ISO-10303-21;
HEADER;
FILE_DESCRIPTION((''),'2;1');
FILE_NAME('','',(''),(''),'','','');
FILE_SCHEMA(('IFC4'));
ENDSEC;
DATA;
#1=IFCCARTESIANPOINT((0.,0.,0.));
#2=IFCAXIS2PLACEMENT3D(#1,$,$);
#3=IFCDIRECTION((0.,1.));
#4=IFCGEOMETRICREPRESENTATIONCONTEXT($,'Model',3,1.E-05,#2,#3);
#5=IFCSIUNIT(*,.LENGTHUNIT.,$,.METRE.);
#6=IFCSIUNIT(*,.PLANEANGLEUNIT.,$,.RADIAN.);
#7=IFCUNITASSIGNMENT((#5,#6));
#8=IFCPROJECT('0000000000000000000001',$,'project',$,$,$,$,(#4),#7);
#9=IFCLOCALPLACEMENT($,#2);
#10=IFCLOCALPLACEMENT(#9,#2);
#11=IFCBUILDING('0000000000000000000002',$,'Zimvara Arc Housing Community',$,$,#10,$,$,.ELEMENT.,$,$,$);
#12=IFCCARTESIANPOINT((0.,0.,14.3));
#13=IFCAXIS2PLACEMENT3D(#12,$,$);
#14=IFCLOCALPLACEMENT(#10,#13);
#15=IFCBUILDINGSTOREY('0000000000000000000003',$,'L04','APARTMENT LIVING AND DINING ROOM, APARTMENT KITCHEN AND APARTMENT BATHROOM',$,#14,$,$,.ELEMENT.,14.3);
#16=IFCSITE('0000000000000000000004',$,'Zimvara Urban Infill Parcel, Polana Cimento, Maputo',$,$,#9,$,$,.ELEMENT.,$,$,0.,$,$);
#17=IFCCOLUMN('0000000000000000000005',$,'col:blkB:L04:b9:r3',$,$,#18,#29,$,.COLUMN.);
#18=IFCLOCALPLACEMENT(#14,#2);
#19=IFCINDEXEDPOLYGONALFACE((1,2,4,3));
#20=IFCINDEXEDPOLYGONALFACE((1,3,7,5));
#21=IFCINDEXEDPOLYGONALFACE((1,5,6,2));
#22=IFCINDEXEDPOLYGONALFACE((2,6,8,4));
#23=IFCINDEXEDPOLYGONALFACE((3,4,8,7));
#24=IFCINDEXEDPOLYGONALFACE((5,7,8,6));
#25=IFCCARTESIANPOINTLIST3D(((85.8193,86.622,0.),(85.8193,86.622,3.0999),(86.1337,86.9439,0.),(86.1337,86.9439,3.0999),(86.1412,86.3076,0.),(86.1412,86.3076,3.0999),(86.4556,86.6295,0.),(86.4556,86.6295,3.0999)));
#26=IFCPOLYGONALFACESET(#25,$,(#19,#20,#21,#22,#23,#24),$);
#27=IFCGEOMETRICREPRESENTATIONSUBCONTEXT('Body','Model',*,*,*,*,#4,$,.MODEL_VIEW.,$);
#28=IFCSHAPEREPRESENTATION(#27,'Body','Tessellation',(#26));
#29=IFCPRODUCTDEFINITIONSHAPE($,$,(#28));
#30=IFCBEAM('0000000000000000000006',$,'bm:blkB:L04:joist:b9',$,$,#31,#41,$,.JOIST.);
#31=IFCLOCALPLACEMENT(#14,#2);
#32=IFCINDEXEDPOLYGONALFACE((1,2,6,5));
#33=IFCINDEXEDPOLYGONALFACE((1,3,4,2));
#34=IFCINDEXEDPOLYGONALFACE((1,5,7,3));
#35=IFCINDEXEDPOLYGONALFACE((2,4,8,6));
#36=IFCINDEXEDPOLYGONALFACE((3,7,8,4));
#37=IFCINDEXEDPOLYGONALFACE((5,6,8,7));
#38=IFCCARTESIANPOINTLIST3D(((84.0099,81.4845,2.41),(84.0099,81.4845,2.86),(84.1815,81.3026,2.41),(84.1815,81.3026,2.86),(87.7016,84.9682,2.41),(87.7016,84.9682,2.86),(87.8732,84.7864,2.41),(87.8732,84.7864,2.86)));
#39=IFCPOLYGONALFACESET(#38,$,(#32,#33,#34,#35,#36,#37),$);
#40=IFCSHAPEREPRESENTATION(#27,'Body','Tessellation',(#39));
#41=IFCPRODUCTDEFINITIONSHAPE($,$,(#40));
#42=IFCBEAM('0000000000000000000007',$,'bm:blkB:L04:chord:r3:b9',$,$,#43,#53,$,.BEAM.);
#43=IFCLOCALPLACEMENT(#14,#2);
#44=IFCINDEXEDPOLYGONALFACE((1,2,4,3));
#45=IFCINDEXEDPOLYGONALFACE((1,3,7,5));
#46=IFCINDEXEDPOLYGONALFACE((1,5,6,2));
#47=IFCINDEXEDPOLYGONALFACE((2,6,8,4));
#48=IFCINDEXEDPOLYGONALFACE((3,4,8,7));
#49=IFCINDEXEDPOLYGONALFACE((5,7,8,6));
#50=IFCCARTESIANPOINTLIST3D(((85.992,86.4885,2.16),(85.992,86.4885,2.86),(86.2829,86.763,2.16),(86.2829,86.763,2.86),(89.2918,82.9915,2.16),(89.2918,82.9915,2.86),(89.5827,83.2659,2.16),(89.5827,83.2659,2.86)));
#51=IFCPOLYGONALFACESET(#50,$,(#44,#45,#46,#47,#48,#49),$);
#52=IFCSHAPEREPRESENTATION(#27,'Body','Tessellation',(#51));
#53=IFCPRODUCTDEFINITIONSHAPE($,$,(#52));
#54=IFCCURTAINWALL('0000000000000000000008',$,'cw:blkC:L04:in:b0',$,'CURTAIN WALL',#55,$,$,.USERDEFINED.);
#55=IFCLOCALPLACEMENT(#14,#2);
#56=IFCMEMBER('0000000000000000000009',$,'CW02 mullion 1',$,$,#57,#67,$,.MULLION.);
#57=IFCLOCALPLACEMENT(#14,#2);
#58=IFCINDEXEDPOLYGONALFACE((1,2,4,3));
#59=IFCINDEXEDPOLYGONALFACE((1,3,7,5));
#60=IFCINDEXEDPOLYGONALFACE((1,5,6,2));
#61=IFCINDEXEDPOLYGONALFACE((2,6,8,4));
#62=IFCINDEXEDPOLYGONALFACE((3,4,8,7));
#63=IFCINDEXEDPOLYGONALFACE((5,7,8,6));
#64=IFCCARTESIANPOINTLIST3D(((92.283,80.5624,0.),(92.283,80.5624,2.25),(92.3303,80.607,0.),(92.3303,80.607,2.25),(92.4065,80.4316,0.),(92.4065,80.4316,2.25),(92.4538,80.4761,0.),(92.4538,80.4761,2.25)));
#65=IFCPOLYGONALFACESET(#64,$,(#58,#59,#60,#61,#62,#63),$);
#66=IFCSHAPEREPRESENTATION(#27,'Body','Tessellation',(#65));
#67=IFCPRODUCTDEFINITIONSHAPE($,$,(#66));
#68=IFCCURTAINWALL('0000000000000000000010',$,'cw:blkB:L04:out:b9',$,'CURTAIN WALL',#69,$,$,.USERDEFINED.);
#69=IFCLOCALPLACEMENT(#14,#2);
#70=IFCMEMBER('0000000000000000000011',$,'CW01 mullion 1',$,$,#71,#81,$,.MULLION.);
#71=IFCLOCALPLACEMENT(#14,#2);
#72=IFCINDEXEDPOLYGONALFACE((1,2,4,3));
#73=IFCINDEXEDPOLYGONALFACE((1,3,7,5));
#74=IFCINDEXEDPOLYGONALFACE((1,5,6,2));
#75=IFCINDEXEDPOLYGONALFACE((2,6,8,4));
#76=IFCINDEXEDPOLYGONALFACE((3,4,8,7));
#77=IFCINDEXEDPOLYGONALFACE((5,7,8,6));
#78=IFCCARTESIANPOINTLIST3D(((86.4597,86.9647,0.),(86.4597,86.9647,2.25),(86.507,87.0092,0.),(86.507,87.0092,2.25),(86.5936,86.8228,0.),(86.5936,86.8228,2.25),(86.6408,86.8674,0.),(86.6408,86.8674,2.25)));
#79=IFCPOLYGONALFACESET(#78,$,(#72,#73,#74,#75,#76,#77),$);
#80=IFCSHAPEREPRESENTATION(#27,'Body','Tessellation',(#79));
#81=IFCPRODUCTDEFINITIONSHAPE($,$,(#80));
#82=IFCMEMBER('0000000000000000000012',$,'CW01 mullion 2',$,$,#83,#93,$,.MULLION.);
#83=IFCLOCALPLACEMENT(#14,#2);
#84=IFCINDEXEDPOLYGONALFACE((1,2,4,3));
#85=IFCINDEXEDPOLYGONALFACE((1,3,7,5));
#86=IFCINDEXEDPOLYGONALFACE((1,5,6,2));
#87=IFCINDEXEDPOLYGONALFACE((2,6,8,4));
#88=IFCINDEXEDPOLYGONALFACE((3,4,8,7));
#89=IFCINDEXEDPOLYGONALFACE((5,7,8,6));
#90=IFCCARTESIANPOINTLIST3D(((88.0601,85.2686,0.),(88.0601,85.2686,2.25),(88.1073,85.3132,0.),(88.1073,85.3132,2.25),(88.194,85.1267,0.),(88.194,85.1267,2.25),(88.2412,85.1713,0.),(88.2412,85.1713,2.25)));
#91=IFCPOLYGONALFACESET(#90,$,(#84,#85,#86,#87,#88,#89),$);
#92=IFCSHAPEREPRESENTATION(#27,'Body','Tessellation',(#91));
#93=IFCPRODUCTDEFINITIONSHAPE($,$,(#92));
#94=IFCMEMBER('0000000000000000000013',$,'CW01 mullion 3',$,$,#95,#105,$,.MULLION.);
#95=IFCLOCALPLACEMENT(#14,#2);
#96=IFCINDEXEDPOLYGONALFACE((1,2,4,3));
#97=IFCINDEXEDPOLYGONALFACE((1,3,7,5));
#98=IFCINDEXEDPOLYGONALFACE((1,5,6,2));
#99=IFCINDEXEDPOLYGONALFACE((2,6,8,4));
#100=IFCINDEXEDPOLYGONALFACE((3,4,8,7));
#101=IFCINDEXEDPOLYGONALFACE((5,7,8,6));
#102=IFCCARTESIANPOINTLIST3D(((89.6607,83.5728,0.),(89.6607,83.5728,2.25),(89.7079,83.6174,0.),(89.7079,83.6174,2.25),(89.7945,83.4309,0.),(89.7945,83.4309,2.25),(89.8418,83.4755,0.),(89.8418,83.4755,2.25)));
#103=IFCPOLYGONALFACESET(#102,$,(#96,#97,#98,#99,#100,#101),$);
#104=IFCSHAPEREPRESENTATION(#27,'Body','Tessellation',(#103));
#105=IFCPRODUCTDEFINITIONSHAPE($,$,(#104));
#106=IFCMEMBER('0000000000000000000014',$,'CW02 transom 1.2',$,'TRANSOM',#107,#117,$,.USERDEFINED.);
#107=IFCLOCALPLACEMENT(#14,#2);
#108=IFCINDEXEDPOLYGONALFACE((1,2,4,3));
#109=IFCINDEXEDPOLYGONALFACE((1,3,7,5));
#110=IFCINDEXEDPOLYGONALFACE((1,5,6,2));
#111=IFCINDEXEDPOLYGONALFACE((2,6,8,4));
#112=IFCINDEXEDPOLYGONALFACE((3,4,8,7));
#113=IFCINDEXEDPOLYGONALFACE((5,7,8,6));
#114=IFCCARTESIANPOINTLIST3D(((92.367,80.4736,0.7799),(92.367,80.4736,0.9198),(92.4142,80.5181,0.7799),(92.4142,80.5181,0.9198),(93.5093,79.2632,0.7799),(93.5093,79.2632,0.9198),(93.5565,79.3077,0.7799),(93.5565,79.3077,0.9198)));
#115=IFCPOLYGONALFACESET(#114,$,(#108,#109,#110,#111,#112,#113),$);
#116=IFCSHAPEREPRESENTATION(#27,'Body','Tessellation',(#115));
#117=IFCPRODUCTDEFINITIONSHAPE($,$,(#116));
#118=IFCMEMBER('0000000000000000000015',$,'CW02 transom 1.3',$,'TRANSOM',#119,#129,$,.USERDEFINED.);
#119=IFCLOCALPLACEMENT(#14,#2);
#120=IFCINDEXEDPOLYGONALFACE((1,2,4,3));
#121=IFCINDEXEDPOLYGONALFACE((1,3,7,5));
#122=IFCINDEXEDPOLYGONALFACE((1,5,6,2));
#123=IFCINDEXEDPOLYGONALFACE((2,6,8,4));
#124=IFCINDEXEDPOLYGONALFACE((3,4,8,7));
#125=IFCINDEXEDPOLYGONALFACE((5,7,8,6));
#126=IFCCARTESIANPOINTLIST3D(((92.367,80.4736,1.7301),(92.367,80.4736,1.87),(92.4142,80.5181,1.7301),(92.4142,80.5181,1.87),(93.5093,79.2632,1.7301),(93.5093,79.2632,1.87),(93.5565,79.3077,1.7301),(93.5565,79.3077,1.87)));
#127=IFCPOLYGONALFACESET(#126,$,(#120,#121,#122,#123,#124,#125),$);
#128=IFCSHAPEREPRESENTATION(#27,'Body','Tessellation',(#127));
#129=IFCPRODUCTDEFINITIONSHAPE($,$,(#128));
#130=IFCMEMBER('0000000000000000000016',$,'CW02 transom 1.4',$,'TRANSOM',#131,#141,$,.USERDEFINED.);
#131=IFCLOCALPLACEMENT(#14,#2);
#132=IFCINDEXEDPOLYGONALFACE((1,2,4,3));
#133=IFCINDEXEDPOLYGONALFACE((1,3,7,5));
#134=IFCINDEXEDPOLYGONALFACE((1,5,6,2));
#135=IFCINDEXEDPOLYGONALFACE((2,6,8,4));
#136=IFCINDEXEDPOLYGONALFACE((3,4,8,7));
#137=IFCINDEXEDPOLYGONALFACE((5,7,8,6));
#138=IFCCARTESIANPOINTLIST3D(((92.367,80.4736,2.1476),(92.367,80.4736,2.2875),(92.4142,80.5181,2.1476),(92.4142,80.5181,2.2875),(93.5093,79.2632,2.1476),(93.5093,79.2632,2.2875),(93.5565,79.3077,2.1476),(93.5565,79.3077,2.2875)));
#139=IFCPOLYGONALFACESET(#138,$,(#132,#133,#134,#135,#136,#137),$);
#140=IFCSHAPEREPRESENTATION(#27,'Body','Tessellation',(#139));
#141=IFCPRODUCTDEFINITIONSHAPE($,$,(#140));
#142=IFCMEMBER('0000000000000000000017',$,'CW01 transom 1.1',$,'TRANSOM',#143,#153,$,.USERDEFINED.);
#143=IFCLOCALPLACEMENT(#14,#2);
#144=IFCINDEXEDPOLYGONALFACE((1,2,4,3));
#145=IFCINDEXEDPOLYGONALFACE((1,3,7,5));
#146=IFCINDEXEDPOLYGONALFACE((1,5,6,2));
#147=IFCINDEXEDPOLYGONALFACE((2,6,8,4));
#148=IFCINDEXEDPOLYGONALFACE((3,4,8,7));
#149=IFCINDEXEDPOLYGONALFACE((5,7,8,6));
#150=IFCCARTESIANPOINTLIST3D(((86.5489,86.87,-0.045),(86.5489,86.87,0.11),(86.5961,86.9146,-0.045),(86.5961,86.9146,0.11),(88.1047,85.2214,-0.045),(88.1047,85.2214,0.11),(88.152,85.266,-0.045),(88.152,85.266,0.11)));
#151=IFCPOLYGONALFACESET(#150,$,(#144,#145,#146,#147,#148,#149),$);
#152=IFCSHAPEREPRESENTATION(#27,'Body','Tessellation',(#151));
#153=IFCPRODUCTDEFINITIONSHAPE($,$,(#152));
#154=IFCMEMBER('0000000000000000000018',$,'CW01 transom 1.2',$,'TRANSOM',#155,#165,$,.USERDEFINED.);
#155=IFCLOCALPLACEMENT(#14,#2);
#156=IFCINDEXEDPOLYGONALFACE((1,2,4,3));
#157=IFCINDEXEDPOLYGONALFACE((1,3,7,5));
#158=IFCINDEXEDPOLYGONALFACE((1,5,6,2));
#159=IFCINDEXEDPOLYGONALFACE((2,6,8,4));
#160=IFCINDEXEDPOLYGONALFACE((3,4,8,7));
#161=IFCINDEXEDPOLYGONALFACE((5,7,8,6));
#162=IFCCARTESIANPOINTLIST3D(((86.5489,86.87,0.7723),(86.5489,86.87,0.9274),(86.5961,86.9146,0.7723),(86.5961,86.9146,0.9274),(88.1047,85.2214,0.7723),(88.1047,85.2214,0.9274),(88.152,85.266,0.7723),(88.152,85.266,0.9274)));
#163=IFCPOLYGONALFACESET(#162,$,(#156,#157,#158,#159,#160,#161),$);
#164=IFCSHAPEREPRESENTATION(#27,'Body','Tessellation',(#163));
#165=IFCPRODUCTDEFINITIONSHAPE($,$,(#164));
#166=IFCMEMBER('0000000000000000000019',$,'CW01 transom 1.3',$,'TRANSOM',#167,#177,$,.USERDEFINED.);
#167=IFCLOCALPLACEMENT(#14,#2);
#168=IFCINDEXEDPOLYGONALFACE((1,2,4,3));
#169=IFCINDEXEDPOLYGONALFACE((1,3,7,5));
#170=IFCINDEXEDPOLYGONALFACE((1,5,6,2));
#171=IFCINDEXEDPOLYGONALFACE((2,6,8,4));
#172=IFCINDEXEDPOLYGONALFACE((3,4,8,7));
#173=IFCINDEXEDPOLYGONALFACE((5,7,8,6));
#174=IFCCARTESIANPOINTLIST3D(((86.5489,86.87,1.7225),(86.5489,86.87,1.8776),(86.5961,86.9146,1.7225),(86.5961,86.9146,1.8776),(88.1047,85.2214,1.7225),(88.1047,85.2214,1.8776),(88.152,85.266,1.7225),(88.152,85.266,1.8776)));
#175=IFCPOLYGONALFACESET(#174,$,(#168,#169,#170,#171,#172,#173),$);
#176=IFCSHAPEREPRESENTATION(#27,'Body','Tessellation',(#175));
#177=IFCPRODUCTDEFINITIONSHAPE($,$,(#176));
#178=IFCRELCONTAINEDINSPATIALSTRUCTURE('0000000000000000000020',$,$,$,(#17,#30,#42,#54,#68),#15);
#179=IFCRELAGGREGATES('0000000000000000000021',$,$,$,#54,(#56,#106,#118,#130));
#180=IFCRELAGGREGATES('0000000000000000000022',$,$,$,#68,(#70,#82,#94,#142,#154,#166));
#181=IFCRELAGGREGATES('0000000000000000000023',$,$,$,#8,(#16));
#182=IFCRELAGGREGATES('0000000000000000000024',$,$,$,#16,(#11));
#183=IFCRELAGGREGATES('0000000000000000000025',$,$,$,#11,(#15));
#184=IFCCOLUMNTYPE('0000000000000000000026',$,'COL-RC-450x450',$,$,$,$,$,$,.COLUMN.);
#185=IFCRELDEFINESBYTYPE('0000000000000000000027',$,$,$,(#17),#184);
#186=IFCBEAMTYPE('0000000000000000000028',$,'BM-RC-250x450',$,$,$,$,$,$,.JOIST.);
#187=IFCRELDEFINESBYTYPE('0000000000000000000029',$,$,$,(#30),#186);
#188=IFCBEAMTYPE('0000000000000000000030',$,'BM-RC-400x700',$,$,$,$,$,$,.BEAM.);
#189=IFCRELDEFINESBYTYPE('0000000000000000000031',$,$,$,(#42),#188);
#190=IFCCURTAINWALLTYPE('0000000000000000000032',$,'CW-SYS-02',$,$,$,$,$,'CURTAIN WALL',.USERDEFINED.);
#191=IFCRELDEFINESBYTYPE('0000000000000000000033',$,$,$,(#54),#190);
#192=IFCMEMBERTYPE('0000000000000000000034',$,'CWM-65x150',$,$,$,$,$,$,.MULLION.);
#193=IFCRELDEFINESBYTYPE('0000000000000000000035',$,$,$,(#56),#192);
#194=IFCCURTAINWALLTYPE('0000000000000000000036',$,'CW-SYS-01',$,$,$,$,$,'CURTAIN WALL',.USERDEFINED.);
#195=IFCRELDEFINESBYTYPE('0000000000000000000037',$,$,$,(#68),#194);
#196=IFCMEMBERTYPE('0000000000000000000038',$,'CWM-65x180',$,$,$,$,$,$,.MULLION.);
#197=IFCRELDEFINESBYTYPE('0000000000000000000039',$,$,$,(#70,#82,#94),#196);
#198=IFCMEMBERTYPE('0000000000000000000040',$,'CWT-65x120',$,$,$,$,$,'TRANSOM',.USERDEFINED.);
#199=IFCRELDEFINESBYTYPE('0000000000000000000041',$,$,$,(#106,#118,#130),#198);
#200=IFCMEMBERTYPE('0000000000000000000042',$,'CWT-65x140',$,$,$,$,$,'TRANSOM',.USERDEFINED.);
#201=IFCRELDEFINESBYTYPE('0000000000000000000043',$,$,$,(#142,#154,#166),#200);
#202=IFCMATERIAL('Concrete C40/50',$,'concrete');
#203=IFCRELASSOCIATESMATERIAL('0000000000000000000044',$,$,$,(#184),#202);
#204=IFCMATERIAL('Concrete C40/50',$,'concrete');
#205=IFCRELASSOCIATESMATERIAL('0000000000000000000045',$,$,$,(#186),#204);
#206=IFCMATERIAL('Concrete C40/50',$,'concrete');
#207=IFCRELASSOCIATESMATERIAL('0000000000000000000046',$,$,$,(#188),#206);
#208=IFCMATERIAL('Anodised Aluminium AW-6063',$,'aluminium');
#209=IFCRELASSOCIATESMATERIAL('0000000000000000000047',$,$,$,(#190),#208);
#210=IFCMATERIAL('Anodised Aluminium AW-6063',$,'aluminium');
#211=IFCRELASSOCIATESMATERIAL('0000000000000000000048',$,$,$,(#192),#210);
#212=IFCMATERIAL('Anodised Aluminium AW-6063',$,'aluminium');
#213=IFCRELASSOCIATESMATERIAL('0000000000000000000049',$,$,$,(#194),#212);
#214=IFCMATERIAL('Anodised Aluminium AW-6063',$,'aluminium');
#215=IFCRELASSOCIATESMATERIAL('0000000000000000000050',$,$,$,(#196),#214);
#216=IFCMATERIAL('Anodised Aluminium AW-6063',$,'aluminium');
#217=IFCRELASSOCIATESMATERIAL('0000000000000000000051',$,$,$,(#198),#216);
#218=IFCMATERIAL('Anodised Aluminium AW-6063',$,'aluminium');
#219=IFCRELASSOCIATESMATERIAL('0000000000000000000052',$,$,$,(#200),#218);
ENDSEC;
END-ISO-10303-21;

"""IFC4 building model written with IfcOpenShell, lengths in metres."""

from ifc_helpers import new_model, si_unit, direction, frame, origin, origin_2d, place, context, subcontext, project, spatial, rectangle, extrude, material, material_profile, profile_set, type_object, element, aggregate, save


model = new_model("IFC4")

# Units and contexts
model_context = context("Model", 3, precision=1e-05, world=origin(), true_north=direction((0.0, 1.0)))
body_context = subcontext(model_context, "Body", "Model", "MODEL_VIEW")
ifc_project = project(units=[si_unit("LENGTHUNIT", "METRE"), si_unit("PLANEANGLEUNIT", "RADIAN")], contexts=[model_context])

# Site, building, storey
site_placement = place(None, origin())
site = spatial("IfcSite", under=ifc_project, at=site_placement, Name="Zimvara Urban Infill Parcel, Polana Cimento, Maputo", CompositionType="ELEMENT", RefElevation=0.0)
building_placement = place(site_placement, origin())
building = spatial("IfcBuilding", under=site, at=building_placement, Name="Zimvara Arc Housing Community", CompositionType="ELEMENT")
storey_placement = place(building_placement, frame((0.0, 0.0, 14.3)))
storey = spatial("IfcBuildingStorey", under=building, at=storey_placement, Name="L04", Description="APARTMENT LIVING AND DINING ROOM, APARTMENT KITCHEN AND APARTMENT BATHROOM", CompositionType="ELEMENT", Elevation=14.3)

# Column
ifc_material_1 = material(Name="Concrete C40/50", Category="concrete")
ifc_material_profile_1 = material_profile(ifc_material_1, rectangle(XDim=0.45, YDim=0.45, at=origin_2d()), Name="RC 450x450")
ifc_profile_set_1 = profile_set([ifc_material_profile_1], Name="Concrete C40/50")
column_type_1 = type_object("IfcColumnType", Name="COL-RC-450x450", PredefinedType="COLUMN", material=ifc_profile_set_1)
column_1_placement = place(storey_placement, frame((86.1375, 86.6257, 0.0), z_axis=(0.0, 0.0, 1.0), x_axis=(0.698665, 0.715449, 0.0)))
element("IfcColumn", 1, at=column_1_placement, inside=storey, type_object=column_type_1, Name="col:blkB:L04:b9:r3", PredefinedType="COLUMN", context=body_context, shape_type="SweptSolid", body=[
    extrude(rectangle(XDim=0.45, YDim=0.45, at=origin_2d()), origin(), (0.0, 0.0, 1.0), 3.0999),
])

# Beams
ifc_material_2 = material(Name="Concrete C40/50", Category="concrete")
ifc_material_profile_2 = material_profile(ifc_material_2, rectangle(XDim=0.25, YDim=0.45, at=origin_2d()), Name="RC 250x450")
ifc_profile_set_2 = profile_set([ifc_material_profile_2], Name="Concrete C40/50")
beam_type_1 = type_object("IfcBeamType", Name="BM-RC-250x450", PredefinedType="JOIST", material=ifc_profile_set_2)
beam_1_placement = place(storey_placement, frame((84.0957, 81.3936, 2.635), z_axis=(0.7273, 0.68632, 0.0), x_axis=(-0.68632, 0.7273, 0.0)))
element("IfcBeam", 2, at=beam_1_placement, inside=storey, type_object=beam_type_1, Name="bm:blkB:L04:joist:b9", PredefinedType="JOIST", context=body_context, shape_type="SweptSolid", body=[
    extrude(rectangle(XDim=0.25, YDim=0.45, at=origin_2d()), origin(), (0.0, 0.0, 1.0), 5.0759),
])
ifc_material_3 = material(Name="Concrete C40/50", Category="concrete")
ifc_material_profile_3 = material_profile(ifc_material_3, rectangle(XDim=0.3999, YDim=0.7, at=origin_2d()), Name="RC 400x700")
ifc_profile_set_3 = profile_set([ifc_material_profile_3], Name="Concrete C40/50")
beam_type_2 = type_object("IfcBeamType", Name="BM-RC-400x700", PredefinedType="BEAM", material=ifc_profile_set_3)
beam_2_placement = place(storey_placement, frame((86.1375, 86.6257, 2.51), z_axis=(0.686295, -0.727323, 0.0), x_axis=(0.727323, 0.686295, 0.0)))
element("IfcBeam", 3, at=beam_2_placement, inside=storey, type_object=beam_type_2, Name="bm:blkB:L04:chord:r3:b9", PredefinedType="BEAM", context=body_context, shape_type="SweptSolid", body=[
    extrude(rectangle(XDim=0.3999, YDim=0.7, at=origin_2d()), origin(), (0.0, 0.0, 1.0), 4.8081),
])

# Curtain wall, member
ifc_material_4 = material(Name="Anodised Aluminium AW-6063", Category="aluminium")
curtain_wall_type_1 = type_object("IfcCurtainWallType", Name="CW-SYS-02", ElementType="CURTAIN WALL", PredefinedType="USERDEFINED", material=ifc_material_4)
curtain_wall_1_placement = place(storey_placement, origin())
curtain_wall_1 = element("IfcCurtainWall", 4, at=curtain_wall_1_placement, inside=storey, type_object=curtain_wall_type_1, Name="cw:blkC:L04:in:b0", ObjectType="CURTAIN WALL", PredefinedType="USERDEFINED")
ifc_material_5 = material(Name="Anodised Aluminium AW-6063", Category="aluminium")
ifc_material_profile_4 = material_profile(ifc_material_5, rectangle(XDim=0.0649, YDim=0.1799, at=origin_2d()), Name="ALU 65x180")
ifc_profile_set_4 = profile_set([ifc_material_profile_4], Name="Anodised Aluminium AW-6063")
member_type_1 = type_object("IfcMemberType", Name="CWM-65x150", PredefinedType="MULLION", material=ifc_profile_set_4)
member_1_placement = place(storey_placement, frame((92.3684, 80.5193, 0.0), z_axis=(0.0, 0.0, 1.0), x_axis=(0.727293, 0.686327, 0.0)))
member_1 = element("IfcMember", 5, at=member_1_placement, type_object=member_type_1, Name="CW02 mullion 1", PredefinedType="MULLION", context=body_context, shape_type="SweptSolid", body=[
    extrude(rectangle(XDim=0.0649, YDim=0.1799, at=origin_2d()), origin(), (0.0, 0.0, 1.0), 2.25),
])

# Curtain wall, members
ifc_material_6 = material(Name="Anodised Aluminium AW-6063", Category="aluminium")
curtain_wall_type_2 = type_object("IfcCurtainWallType", Name="CW-SYS-01", ElementType="CURTAIN WALL", PredefinedType="USERDEFINED", material=ifc_material_6)
curtain_wall_2_placement = place(storey_placement, origin())
curtain_wall_2 = element("IfcCurtainWall", 6, at=curtain_wall_2_placement, inside=storey, type_object=curtain_wall_type_2, Name="cw:blkB:L04:out:b9", ObjectType="CURTAIN WALL", PredefinedType="USERDEFINED")
ifc_material_7 = material(Name="Anodised Aluminium AW-6063", Category="aluminium")
ifc_material_profile_5 = material_profile(ifc_material_7, rectangle(XDim=0.0649, YDim=0.1951, at=origin_2d()), Name="ALU 65x195")
ifc_profile_set_5 = profile_set([ifc_material_profile_5], Name="Anodised Aluminium AW-6063")
member_type_2 = type_object("IfcMemberType", Name="CWM-65x180", PredefinedType="MULLION", material=ifc_profile_set_5)
member_2_placement = place(storey_placement, frame((86.5503, 86.916, 0.0), z_axis=(0.0, 0.0, 1.0), x_axis=(0.727294, 0.686326, 0.0)))
member_2 = element("IfcMember", 7, at=member_2_placement, type_object=member_type_2, Name="CW01 mullion 1", PredefinedType="MULLION", context=body_context, shape_type="SweptSolid", body=[
    extrude(rectangle(XDim=0.0649, YDim=0.1951, at=origin_2d()), origin(), (0.0, 0.0, 1.0), 2.25),
])
member_3_placement = place(storey_placement, frame((88.1506, 85.22, 0.0), z_axis=(0.0, 0.0, 1.0), x_axis=(0.727294, 0.686326, 0.0)))
member_3 = element("IfcMember", 8, at=member_3_placement, type_object=member_type_2, Name="CW01 mullion 2", PredefinedType="MULLION", context=body_context, shape_type="SweptSolid", body=[
    extrude(rectangle(XDim=0.0649, YDim=0.1951, at=origin_2d()), origin(), (0.0, 0.0, 1.0), 2.25),
])
member_4_placement = place(storey_placement, frame((89.7512, 83.5242, 0.0), z_axis=(0.0, 0.0, 1.0), x_axis=(0.727294, 0.686326, 0.0)))
member_4 = element("IfcMember", 9, at=member_4_placement, type_object=member_type_2, Name="CW01 mullion 3", PredefinedType="MULLION", context=body_context, shape_type="SweptSolid", body=[
    extrude(rectangle(XDim=0.0649, YDim=0.1951, at=origin_2d()), origin(), (0.0, 0.0, 1.0), 2.25),
])

# Members
ifc_material_8 = material(Name="Anodised Aluminium AW-6063", Category="aluminium")
ifc_material_profile_6 = material_profile(ifc_material_8, rectangle(XDim=0.0649, YDim=0.1399, at=origin_2d()), Name="ALU 65x140")
ifc_profile_set_6 = profile_set([ifc_material_profile_6], Name="Anodised Aluminium AW-6063")
member_type_3 = type_object("IfcMemberType", Name="CWT-65x120", ElementType="TRANSOM", PredefinedType="USERDEFINED", material=ifc_profile_set_6)
member_5_placement = place(storey_placement, frame((92.3906, 80.4958, 0.8499), z_axis=(0.686348, -0.727273, 0.0), x_axis=(0.727273, 0.686348, 0.0)))
member_5 = element("IfcMember", 10, at=member_5_placement, type_object=member_type_3, Name="CW02 transom 1.2", ObjectType="TRANSOM", PredefinedType="USERDEFINED", context=body_context, shape_type="SweptSolid", body=[
    extrude(rectangle(XDim=0.0649, YDim=0.1399, at=origin_2d()), origin(), (0.0, 0.0, 1.0), 1.6643),
])
member_6_placement = place(storey_placement, frame((92.3906, 80.4958, 1.8), z_axis=(0.686348, -0.727273, 0.0), x_axis=(0.727273, 0.686348, 0.0)))
member_6 = element("IfcMember", 11, at=member_6_placement, type_object=member_type_3, Name="CW02 transom 1.3", ObjectType="TRANSOM", PredefinedType="USERDEFINED", context=body_context, shape_type="SweptSolid", body=[
    extrude(rectangle(XDim=0.0649, YDim=0.1399, at=origin_2d()), origin(), (0.0, 0.0, 1.0), 1.6643),
])
member_7_placement = place(storey_placement, frame((92.3906, 80.4958, 2.2175), z_axis=(0.686348, -0.727273, 0.0), x_axis=(0.727273, 0.686348, 0.0)))
member_7 = element("IfcMember", 12, at=member_7_placement, type_object=member_type_3, Name="CW02 transom 1.4", ObjectType="TRANSOM", PredefinedType="USERDEFINED", context=body_context, shape_type="SweptSolid", body=[
    extrude(rectangle(XDim=0.0649, YDim=0.1399, at=origin_2d()), origin(), (0.0, 0.0, 1.0), 1.6643),
])
aggregate(curtain_wall_1, [member_1, member_5, member_6, member_7])
ifc_material_9 = material(Name="Anodised Aluminium AW-6063", Category="aluminium")
ifc_material_profile_7 = material_profile(ifc_material_9, rectangle(XDim=0.0649, YDim=0.155, at=origin_2d()), Name="ALU 65x155")
ifc_profile_set_7 = profile_set([ifc_material_profile_7], Name="Anodised Aluminium AW-6063")
member_type_4 = type_object("IfcMemberType", Name="CWT-65x140", ElementType="TRANSOM", PredefinedType="USERDEFINED", material=ifc_profile_set_7)
member_8_placement = place(storey_placement, frame((86.5725, 86.8923, 0.0325), z_axis=(0.686348, -0.727273, 0.0), x_axis=(0.727273, 0.686348, 0.0)))
member_8 = element("IfcMember", 13, at=member_8_placement, type_object=member_type_4, Name="CW01 transom 1.1", ObjectType="TRANSOM", PredefinedType="USERDEFINED", context=body_context, shape_type="SweptSolid", body=[
    extrude(rectangle(XDim=0.0649, YDim=0.155, at=origin_2d()), origin(), (0.0, 0.0, 1.0), 2.2668),
])
member_9_placement = place(storey_placement, frame((86.5725, 86.8923, 0.8499), z_axis=(0.686348, -0.727273, 0.0), x_axis=(0.727273, 0.686348, 0.0)))
member_9 = element("IfcMember", 14, at=member_9_placement, type_object=member_type_4, Name="CW01 transom 1.2", ObjectType="TRANSOM", PredefinedType="USERDEFINED", context=body_context, shape_type="SweptSolid", body=[
    extrude(rectangle(XDim=0.0649, YDim=0.155, at=origin_2d()), origin(), (0.0, 0.0, 1.0), 2.2668),
])
member_10_placement = place(storey_placement, frame((86.5725, 86.8923, 1.8), z_axis=(0.686348, -0.727273, 0.0), x_axis=(0.727273, 0.686348, 0.0)))
member_10 = element("IfcMember", 15, at=member_10_placement, type_object=member_type_4, Name="CW01 transom 1.3", ObjectType="TRANSOM", PredefinedType="USERDEFINED", context=body_context, shape_type="SweptSolid", body=[
    extrude(rectangle(XDim=0.0649, YDim=0.155, at=origin_2d()), origin(), (0.0, 0.0, 1.0), 2.2668),
])

aggregate(curtain_wall_2, [member_2, member_3, member_4, member_8, member_9, member_10])

save(model, "model.ifc")
